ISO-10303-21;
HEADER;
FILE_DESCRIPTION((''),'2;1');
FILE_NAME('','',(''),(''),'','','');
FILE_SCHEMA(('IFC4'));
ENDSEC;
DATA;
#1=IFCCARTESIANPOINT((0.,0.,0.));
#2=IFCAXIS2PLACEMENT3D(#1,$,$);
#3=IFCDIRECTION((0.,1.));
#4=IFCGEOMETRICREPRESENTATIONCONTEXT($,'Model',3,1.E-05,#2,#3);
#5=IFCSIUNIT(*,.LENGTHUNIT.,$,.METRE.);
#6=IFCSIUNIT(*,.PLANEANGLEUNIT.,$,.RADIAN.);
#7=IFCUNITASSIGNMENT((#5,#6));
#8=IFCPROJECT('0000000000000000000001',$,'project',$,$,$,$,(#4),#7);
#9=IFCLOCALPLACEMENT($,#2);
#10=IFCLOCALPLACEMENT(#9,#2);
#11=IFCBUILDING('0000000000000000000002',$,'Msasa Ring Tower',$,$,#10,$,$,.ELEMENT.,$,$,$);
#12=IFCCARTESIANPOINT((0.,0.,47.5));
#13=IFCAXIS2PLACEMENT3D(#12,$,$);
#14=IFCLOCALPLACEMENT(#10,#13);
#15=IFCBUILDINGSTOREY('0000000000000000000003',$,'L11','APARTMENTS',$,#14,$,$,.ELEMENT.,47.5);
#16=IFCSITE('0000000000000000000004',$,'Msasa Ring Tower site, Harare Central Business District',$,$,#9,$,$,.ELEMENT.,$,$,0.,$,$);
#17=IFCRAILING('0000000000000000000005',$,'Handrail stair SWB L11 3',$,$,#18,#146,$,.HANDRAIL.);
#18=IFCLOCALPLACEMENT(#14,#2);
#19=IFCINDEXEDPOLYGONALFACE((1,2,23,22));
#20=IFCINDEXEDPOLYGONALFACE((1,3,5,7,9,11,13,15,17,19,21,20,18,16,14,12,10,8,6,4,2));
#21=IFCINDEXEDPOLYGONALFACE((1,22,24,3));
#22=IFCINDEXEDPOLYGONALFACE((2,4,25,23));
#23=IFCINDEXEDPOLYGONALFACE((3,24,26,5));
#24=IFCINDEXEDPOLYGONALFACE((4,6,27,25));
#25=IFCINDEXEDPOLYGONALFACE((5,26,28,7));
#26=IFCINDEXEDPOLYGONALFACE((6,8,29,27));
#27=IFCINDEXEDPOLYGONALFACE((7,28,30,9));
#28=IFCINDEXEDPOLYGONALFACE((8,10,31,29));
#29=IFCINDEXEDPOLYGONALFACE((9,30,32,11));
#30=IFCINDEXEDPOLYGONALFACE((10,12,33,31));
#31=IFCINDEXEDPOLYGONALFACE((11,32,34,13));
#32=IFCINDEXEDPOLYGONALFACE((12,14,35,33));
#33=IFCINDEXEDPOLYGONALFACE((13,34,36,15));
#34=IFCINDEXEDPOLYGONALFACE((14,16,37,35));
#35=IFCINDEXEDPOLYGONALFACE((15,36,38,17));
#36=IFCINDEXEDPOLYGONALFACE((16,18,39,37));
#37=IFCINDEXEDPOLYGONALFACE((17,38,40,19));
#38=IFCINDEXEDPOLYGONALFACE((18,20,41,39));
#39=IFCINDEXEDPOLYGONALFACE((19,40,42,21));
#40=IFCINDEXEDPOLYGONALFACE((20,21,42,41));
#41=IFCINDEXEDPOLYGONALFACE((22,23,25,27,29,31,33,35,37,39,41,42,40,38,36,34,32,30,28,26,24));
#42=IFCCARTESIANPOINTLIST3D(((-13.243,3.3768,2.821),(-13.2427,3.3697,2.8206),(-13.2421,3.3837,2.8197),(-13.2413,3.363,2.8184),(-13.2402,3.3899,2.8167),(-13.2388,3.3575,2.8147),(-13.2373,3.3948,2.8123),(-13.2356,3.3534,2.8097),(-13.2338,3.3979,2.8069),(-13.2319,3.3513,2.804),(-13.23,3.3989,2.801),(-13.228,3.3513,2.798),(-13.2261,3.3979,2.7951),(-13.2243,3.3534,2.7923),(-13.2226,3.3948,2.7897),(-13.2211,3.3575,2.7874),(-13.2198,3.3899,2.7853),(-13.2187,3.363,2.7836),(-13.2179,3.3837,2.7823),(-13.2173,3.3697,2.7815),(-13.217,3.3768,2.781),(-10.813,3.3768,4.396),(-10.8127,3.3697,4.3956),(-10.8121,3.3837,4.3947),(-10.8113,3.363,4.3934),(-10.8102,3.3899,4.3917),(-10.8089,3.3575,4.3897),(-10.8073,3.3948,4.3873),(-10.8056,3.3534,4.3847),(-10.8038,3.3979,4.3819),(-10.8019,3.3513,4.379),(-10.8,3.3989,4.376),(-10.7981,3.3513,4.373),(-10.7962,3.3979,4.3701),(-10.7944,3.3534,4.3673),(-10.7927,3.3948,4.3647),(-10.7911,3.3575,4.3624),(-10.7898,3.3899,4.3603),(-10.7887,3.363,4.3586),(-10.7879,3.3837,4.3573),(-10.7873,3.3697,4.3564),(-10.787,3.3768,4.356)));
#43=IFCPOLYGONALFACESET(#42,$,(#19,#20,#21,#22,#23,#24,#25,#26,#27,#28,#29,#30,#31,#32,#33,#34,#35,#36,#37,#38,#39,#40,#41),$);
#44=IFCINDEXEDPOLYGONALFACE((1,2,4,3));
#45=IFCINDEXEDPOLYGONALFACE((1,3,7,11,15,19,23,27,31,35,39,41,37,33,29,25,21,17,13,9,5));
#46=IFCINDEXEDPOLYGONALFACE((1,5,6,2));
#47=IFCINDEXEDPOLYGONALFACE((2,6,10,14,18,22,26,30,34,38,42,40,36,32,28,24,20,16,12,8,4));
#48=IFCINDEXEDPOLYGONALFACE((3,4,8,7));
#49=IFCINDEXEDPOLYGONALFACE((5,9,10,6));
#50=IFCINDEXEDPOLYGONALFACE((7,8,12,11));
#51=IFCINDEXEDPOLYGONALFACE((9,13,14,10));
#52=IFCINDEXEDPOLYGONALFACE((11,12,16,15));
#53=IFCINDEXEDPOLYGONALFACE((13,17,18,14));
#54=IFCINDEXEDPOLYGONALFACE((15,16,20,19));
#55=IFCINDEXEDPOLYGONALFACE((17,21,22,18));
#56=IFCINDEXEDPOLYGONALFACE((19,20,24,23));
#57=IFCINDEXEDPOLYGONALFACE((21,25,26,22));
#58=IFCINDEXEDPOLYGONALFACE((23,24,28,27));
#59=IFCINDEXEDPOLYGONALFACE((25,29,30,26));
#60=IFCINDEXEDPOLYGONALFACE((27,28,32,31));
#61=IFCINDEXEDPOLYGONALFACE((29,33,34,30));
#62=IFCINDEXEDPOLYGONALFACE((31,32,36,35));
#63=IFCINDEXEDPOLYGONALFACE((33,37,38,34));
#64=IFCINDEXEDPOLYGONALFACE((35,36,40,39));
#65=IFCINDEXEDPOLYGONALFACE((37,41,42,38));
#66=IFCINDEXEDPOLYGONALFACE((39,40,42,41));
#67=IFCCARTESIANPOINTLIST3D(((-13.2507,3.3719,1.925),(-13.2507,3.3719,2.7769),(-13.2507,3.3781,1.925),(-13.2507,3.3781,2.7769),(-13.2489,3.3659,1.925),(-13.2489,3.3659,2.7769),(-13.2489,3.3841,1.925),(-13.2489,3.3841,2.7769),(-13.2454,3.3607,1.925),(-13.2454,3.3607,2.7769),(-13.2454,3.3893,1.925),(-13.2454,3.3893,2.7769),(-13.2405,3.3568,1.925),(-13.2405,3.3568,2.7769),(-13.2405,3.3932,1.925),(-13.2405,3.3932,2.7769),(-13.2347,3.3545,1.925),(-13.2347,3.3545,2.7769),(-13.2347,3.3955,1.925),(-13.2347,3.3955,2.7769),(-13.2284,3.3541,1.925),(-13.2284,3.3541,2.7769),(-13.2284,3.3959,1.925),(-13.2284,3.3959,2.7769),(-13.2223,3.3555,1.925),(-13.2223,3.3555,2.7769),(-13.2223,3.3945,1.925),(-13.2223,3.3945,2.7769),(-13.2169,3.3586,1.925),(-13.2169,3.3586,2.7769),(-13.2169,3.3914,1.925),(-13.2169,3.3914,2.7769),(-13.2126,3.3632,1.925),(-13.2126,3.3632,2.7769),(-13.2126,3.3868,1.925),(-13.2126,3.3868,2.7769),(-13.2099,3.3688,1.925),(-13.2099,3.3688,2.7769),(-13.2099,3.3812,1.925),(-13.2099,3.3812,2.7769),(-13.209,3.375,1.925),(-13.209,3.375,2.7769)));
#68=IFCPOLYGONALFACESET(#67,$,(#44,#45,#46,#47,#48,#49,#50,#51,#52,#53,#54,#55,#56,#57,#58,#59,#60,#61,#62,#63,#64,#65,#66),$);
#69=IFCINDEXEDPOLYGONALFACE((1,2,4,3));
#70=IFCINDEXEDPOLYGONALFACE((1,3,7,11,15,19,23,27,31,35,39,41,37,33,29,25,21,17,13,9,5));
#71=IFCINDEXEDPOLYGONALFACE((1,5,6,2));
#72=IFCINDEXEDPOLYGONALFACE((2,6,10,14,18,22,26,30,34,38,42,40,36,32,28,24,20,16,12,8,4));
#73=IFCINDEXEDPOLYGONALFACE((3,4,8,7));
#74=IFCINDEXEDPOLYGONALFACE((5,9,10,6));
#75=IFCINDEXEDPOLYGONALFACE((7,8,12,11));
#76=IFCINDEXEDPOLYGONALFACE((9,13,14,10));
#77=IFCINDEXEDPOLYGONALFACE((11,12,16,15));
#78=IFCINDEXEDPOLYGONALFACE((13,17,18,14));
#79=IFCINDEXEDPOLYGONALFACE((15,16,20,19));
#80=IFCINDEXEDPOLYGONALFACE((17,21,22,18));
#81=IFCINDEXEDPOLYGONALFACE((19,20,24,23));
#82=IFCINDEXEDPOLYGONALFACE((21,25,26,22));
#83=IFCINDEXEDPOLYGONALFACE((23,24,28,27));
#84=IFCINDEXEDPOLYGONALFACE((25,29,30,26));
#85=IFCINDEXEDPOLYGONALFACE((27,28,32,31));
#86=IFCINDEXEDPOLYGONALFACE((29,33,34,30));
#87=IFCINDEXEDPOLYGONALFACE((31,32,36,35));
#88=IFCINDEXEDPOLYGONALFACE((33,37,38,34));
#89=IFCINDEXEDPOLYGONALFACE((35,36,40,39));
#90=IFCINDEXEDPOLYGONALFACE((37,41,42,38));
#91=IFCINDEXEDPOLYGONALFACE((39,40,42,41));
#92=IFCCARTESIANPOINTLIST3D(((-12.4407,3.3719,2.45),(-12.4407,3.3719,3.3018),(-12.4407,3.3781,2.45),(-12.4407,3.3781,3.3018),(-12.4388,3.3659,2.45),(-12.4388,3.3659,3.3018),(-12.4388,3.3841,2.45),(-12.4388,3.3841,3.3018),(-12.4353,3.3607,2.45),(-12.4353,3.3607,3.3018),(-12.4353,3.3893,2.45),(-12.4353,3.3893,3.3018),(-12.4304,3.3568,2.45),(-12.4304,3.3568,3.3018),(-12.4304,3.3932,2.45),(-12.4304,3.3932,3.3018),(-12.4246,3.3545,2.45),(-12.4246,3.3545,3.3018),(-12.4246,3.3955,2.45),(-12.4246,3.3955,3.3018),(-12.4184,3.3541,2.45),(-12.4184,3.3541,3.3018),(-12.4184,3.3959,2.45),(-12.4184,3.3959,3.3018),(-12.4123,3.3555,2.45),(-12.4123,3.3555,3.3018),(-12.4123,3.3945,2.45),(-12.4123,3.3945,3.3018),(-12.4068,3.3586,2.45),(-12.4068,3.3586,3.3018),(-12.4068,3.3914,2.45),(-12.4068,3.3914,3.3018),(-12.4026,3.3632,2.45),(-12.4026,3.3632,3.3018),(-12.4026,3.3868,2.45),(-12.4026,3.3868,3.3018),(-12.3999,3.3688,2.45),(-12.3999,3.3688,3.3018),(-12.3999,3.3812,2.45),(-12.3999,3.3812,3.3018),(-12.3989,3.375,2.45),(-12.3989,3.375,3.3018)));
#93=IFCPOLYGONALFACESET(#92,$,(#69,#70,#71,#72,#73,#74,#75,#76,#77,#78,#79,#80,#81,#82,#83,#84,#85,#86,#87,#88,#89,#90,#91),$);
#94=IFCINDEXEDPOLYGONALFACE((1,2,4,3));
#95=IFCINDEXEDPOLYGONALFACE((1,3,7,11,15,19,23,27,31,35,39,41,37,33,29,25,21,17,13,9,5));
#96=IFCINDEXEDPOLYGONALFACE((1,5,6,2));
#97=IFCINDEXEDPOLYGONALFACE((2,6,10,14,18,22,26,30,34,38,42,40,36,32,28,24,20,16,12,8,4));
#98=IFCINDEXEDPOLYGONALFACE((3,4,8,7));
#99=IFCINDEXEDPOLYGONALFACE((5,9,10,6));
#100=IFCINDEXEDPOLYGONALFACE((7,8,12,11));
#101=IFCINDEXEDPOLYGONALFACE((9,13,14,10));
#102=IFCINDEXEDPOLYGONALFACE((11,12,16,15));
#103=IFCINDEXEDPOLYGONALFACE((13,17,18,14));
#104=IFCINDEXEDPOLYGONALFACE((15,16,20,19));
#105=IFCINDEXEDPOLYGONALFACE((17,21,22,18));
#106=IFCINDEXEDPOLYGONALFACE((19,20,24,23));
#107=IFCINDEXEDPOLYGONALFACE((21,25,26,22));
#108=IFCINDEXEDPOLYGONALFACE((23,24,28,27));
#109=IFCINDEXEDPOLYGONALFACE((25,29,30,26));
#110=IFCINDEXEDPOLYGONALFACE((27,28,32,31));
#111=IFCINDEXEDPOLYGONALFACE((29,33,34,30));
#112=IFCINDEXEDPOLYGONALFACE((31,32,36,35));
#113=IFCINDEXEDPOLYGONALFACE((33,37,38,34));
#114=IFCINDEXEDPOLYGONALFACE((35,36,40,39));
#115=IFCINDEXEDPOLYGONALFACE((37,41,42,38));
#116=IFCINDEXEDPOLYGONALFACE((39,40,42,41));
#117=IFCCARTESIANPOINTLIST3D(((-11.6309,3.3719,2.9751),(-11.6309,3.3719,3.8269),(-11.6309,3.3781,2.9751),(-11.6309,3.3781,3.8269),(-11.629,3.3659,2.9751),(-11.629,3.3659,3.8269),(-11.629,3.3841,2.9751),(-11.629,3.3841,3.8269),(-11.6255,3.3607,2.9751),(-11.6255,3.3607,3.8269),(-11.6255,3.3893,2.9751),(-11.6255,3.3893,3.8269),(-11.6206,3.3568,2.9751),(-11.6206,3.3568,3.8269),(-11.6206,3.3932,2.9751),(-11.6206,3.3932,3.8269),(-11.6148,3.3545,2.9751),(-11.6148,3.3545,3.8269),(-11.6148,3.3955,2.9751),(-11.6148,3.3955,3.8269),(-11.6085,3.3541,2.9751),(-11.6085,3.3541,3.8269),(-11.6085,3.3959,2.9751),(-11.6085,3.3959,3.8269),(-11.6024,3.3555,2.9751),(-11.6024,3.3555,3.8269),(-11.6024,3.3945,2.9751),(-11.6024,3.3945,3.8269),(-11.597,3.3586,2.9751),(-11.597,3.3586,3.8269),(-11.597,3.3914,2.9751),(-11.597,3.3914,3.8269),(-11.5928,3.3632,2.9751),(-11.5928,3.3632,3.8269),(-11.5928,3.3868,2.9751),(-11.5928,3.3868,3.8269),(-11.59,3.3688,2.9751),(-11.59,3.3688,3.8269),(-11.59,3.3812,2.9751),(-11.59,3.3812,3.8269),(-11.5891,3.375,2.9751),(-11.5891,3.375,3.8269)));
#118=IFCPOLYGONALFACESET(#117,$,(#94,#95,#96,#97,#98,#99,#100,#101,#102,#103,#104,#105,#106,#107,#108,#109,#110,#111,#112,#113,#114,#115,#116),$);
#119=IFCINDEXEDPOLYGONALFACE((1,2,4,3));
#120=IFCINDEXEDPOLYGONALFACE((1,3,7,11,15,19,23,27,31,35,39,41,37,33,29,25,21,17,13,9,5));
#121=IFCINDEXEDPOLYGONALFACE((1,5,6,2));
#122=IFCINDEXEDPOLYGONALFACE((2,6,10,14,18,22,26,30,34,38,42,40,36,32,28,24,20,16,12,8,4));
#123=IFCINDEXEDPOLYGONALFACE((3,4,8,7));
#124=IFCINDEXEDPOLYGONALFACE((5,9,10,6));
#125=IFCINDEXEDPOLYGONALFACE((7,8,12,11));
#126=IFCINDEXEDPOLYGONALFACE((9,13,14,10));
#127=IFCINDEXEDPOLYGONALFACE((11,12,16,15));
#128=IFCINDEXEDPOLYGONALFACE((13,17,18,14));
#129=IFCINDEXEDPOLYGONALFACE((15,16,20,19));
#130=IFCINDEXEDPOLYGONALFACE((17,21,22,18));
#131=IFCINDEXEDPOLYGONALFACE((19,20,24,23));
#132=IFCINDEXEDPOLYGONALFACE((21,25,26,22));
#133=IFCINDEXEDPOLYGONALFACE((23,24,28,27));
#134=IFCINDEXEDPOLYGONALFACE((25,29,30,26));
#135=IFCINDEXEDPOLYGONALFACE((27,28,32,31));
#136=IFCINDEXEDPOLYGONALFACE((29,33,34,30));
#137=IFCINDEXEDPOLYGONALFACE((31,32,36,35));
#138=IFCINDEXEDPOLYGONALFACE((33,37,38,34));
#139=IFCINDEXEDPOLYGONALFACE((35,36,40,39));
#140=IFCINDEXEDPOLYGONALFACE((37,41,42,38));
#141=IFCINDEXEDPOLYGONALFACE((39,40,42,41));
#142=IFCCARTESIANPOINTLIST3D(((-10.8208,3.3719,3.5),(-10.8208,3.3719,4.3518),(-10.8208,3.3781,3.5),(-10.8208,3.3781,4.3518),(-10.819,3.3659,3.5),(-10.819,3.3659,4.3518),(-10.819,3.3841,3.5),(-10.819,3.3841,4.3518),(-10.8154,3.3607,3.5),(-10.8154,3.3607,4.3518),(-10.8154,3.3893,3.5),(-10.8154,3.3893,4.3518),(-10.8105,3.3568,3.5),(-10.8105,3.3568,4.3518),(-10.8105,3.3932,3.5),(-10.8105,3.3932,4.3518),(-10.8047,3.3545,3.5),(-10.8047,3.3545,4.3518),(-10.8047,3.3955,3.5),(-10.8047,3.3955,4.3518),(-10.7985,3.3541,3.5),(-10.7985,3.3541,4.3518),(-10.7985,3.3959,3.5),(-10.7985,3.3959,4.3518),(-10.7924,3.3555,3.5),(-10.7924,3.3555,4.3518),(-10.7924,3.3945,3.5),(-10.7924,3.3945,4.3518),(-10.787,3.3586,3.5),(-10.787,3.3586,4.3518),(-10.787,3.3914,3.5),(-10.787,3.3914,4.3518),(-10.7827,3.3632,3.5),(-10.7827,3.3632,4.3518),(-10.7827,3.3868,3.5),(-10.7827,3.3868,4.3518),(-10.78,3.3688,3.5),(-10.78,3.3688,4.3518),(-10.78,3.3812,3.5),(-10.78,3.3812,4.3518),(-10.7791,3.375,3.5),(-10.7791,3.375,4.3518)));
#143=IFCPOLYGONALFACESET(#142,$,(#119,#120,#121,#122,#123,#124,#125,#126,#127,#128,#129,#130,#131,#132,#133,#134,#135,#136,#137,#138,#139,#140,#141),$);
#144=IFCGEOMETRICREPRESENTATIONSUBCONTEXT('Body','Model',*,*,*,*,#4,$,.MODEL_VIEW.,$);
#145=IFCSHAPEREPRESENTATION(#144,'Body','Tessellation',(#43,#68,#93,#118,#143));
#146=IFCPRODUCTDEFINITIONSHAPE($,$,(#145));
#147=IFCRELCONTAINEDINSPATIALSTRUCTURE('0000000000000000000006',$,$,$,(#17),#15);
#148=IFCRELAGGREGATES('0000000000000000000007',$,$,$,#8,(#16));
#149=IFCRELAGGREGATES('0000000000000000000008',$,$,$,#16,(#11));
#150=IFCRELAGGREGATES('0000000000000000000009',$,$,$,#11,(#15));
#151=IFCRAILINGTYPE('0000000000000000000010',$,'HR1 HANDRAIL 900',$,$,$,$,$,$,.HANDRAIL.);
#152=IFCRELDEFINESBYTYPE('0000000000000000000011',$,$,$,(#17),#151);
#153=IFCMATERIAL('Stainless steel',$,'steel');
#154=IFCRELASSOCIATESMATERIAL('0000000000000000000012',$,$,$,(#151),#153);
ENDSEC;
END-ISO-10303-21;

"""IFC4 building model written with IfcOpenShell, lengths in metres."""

from ifc_helpers import new_model, si_unit, direction, frame, origin, origin_2d, place, context, subcontext, project, spatial, circle, extrude, material, type_object, element, save


model = new_model("IFC4")

# Units and contexts
model_context = context("Model", 3, precision=1e-05, world=origin(), true_north=direction((0.0, 1.0)))
body_context = subcontext(model_context, "Body", "Model", "MODEL_VIEW")
ifc_project = project(units=[si_unit("LENGTHUNIT", "METRE"), si_unit("PLANEANGLEUNIT", "RADIAN")], contexts=[model_context])

# Site, building, storey
site_placement = place(None, origin())
site = spatial("IfcSite", under=ifc_project, at=site_placement, Name="Msasa Ring Tower site, Harare Central Business District", CompositionType="ELEMENT", RefElevation=0.0)
building_placement = place(site_placement, origin())
building = spatial("IfcBuilding", under=site, at=building_placement, Name="Msasa Ring Tower", CompositionType="ELEMENT")
storey_placement = place(building_placement, frame((0.0, 0.0, 47.5)))
storey = spatial("IfcBuildingStorey", under=building, at=storey_placement, Name="L11", Description="APARTMENTS", CompositionType="ELEMENT", Elevation=47.5)

# Railing
ifc_material_1 = material(Name="Stainless steel", Category="steel")
railing_type = type_object("IfcRailingType", Name="HR1 HANDRAIL 900", PredefinedType="HANDRAIL", material=ifc_material_1)
for number, where, name in (
    (1, (-13.23, 3.375, 1.925), "Handrail stair SWB L11 3"),
):
    element("IfcRailing", number, at=place(storey_placement, frame(where)), inside=storey, type_object=railing_type, Name=name, PredefinedType="HANDRAIL", context=body_context, shape_type="SweptSolid", body=[
        extrude(circle(Radius=0.0239, at=origin_2d()), frame((0.0, 0.0, 0.876), z_axis=(0.839154, 0.0, 0.543894), x_axis=(0.0, 1.0, 0.0)), (0.0, 0.0, 1.0), 2.8958),
        extrude(circle(Radius=0.021, at=origin_2d()), origin(), (0.0, 0.0, 1.0), 0.8518),
        extrude(circle(Radius=0.021, at=origin_2d()), frame((0.8101, 0.0, 0.5249)), (0.0, 0.0, 1.0), 0.8518),
        extrude(circle(Radius=0.021, at=origin_2d()), frame((1.6199, 0.0, 1.05)), (0.0, 0.0, 1.0), 0.8518),
        extrude(circle(Radius=0.021, at=origin_2d()), frame((2.4299, 0.0, 1.575)), (0.0, 0.0, 1.0), 0.8518),
    ])

save(model, "model.ifc")
